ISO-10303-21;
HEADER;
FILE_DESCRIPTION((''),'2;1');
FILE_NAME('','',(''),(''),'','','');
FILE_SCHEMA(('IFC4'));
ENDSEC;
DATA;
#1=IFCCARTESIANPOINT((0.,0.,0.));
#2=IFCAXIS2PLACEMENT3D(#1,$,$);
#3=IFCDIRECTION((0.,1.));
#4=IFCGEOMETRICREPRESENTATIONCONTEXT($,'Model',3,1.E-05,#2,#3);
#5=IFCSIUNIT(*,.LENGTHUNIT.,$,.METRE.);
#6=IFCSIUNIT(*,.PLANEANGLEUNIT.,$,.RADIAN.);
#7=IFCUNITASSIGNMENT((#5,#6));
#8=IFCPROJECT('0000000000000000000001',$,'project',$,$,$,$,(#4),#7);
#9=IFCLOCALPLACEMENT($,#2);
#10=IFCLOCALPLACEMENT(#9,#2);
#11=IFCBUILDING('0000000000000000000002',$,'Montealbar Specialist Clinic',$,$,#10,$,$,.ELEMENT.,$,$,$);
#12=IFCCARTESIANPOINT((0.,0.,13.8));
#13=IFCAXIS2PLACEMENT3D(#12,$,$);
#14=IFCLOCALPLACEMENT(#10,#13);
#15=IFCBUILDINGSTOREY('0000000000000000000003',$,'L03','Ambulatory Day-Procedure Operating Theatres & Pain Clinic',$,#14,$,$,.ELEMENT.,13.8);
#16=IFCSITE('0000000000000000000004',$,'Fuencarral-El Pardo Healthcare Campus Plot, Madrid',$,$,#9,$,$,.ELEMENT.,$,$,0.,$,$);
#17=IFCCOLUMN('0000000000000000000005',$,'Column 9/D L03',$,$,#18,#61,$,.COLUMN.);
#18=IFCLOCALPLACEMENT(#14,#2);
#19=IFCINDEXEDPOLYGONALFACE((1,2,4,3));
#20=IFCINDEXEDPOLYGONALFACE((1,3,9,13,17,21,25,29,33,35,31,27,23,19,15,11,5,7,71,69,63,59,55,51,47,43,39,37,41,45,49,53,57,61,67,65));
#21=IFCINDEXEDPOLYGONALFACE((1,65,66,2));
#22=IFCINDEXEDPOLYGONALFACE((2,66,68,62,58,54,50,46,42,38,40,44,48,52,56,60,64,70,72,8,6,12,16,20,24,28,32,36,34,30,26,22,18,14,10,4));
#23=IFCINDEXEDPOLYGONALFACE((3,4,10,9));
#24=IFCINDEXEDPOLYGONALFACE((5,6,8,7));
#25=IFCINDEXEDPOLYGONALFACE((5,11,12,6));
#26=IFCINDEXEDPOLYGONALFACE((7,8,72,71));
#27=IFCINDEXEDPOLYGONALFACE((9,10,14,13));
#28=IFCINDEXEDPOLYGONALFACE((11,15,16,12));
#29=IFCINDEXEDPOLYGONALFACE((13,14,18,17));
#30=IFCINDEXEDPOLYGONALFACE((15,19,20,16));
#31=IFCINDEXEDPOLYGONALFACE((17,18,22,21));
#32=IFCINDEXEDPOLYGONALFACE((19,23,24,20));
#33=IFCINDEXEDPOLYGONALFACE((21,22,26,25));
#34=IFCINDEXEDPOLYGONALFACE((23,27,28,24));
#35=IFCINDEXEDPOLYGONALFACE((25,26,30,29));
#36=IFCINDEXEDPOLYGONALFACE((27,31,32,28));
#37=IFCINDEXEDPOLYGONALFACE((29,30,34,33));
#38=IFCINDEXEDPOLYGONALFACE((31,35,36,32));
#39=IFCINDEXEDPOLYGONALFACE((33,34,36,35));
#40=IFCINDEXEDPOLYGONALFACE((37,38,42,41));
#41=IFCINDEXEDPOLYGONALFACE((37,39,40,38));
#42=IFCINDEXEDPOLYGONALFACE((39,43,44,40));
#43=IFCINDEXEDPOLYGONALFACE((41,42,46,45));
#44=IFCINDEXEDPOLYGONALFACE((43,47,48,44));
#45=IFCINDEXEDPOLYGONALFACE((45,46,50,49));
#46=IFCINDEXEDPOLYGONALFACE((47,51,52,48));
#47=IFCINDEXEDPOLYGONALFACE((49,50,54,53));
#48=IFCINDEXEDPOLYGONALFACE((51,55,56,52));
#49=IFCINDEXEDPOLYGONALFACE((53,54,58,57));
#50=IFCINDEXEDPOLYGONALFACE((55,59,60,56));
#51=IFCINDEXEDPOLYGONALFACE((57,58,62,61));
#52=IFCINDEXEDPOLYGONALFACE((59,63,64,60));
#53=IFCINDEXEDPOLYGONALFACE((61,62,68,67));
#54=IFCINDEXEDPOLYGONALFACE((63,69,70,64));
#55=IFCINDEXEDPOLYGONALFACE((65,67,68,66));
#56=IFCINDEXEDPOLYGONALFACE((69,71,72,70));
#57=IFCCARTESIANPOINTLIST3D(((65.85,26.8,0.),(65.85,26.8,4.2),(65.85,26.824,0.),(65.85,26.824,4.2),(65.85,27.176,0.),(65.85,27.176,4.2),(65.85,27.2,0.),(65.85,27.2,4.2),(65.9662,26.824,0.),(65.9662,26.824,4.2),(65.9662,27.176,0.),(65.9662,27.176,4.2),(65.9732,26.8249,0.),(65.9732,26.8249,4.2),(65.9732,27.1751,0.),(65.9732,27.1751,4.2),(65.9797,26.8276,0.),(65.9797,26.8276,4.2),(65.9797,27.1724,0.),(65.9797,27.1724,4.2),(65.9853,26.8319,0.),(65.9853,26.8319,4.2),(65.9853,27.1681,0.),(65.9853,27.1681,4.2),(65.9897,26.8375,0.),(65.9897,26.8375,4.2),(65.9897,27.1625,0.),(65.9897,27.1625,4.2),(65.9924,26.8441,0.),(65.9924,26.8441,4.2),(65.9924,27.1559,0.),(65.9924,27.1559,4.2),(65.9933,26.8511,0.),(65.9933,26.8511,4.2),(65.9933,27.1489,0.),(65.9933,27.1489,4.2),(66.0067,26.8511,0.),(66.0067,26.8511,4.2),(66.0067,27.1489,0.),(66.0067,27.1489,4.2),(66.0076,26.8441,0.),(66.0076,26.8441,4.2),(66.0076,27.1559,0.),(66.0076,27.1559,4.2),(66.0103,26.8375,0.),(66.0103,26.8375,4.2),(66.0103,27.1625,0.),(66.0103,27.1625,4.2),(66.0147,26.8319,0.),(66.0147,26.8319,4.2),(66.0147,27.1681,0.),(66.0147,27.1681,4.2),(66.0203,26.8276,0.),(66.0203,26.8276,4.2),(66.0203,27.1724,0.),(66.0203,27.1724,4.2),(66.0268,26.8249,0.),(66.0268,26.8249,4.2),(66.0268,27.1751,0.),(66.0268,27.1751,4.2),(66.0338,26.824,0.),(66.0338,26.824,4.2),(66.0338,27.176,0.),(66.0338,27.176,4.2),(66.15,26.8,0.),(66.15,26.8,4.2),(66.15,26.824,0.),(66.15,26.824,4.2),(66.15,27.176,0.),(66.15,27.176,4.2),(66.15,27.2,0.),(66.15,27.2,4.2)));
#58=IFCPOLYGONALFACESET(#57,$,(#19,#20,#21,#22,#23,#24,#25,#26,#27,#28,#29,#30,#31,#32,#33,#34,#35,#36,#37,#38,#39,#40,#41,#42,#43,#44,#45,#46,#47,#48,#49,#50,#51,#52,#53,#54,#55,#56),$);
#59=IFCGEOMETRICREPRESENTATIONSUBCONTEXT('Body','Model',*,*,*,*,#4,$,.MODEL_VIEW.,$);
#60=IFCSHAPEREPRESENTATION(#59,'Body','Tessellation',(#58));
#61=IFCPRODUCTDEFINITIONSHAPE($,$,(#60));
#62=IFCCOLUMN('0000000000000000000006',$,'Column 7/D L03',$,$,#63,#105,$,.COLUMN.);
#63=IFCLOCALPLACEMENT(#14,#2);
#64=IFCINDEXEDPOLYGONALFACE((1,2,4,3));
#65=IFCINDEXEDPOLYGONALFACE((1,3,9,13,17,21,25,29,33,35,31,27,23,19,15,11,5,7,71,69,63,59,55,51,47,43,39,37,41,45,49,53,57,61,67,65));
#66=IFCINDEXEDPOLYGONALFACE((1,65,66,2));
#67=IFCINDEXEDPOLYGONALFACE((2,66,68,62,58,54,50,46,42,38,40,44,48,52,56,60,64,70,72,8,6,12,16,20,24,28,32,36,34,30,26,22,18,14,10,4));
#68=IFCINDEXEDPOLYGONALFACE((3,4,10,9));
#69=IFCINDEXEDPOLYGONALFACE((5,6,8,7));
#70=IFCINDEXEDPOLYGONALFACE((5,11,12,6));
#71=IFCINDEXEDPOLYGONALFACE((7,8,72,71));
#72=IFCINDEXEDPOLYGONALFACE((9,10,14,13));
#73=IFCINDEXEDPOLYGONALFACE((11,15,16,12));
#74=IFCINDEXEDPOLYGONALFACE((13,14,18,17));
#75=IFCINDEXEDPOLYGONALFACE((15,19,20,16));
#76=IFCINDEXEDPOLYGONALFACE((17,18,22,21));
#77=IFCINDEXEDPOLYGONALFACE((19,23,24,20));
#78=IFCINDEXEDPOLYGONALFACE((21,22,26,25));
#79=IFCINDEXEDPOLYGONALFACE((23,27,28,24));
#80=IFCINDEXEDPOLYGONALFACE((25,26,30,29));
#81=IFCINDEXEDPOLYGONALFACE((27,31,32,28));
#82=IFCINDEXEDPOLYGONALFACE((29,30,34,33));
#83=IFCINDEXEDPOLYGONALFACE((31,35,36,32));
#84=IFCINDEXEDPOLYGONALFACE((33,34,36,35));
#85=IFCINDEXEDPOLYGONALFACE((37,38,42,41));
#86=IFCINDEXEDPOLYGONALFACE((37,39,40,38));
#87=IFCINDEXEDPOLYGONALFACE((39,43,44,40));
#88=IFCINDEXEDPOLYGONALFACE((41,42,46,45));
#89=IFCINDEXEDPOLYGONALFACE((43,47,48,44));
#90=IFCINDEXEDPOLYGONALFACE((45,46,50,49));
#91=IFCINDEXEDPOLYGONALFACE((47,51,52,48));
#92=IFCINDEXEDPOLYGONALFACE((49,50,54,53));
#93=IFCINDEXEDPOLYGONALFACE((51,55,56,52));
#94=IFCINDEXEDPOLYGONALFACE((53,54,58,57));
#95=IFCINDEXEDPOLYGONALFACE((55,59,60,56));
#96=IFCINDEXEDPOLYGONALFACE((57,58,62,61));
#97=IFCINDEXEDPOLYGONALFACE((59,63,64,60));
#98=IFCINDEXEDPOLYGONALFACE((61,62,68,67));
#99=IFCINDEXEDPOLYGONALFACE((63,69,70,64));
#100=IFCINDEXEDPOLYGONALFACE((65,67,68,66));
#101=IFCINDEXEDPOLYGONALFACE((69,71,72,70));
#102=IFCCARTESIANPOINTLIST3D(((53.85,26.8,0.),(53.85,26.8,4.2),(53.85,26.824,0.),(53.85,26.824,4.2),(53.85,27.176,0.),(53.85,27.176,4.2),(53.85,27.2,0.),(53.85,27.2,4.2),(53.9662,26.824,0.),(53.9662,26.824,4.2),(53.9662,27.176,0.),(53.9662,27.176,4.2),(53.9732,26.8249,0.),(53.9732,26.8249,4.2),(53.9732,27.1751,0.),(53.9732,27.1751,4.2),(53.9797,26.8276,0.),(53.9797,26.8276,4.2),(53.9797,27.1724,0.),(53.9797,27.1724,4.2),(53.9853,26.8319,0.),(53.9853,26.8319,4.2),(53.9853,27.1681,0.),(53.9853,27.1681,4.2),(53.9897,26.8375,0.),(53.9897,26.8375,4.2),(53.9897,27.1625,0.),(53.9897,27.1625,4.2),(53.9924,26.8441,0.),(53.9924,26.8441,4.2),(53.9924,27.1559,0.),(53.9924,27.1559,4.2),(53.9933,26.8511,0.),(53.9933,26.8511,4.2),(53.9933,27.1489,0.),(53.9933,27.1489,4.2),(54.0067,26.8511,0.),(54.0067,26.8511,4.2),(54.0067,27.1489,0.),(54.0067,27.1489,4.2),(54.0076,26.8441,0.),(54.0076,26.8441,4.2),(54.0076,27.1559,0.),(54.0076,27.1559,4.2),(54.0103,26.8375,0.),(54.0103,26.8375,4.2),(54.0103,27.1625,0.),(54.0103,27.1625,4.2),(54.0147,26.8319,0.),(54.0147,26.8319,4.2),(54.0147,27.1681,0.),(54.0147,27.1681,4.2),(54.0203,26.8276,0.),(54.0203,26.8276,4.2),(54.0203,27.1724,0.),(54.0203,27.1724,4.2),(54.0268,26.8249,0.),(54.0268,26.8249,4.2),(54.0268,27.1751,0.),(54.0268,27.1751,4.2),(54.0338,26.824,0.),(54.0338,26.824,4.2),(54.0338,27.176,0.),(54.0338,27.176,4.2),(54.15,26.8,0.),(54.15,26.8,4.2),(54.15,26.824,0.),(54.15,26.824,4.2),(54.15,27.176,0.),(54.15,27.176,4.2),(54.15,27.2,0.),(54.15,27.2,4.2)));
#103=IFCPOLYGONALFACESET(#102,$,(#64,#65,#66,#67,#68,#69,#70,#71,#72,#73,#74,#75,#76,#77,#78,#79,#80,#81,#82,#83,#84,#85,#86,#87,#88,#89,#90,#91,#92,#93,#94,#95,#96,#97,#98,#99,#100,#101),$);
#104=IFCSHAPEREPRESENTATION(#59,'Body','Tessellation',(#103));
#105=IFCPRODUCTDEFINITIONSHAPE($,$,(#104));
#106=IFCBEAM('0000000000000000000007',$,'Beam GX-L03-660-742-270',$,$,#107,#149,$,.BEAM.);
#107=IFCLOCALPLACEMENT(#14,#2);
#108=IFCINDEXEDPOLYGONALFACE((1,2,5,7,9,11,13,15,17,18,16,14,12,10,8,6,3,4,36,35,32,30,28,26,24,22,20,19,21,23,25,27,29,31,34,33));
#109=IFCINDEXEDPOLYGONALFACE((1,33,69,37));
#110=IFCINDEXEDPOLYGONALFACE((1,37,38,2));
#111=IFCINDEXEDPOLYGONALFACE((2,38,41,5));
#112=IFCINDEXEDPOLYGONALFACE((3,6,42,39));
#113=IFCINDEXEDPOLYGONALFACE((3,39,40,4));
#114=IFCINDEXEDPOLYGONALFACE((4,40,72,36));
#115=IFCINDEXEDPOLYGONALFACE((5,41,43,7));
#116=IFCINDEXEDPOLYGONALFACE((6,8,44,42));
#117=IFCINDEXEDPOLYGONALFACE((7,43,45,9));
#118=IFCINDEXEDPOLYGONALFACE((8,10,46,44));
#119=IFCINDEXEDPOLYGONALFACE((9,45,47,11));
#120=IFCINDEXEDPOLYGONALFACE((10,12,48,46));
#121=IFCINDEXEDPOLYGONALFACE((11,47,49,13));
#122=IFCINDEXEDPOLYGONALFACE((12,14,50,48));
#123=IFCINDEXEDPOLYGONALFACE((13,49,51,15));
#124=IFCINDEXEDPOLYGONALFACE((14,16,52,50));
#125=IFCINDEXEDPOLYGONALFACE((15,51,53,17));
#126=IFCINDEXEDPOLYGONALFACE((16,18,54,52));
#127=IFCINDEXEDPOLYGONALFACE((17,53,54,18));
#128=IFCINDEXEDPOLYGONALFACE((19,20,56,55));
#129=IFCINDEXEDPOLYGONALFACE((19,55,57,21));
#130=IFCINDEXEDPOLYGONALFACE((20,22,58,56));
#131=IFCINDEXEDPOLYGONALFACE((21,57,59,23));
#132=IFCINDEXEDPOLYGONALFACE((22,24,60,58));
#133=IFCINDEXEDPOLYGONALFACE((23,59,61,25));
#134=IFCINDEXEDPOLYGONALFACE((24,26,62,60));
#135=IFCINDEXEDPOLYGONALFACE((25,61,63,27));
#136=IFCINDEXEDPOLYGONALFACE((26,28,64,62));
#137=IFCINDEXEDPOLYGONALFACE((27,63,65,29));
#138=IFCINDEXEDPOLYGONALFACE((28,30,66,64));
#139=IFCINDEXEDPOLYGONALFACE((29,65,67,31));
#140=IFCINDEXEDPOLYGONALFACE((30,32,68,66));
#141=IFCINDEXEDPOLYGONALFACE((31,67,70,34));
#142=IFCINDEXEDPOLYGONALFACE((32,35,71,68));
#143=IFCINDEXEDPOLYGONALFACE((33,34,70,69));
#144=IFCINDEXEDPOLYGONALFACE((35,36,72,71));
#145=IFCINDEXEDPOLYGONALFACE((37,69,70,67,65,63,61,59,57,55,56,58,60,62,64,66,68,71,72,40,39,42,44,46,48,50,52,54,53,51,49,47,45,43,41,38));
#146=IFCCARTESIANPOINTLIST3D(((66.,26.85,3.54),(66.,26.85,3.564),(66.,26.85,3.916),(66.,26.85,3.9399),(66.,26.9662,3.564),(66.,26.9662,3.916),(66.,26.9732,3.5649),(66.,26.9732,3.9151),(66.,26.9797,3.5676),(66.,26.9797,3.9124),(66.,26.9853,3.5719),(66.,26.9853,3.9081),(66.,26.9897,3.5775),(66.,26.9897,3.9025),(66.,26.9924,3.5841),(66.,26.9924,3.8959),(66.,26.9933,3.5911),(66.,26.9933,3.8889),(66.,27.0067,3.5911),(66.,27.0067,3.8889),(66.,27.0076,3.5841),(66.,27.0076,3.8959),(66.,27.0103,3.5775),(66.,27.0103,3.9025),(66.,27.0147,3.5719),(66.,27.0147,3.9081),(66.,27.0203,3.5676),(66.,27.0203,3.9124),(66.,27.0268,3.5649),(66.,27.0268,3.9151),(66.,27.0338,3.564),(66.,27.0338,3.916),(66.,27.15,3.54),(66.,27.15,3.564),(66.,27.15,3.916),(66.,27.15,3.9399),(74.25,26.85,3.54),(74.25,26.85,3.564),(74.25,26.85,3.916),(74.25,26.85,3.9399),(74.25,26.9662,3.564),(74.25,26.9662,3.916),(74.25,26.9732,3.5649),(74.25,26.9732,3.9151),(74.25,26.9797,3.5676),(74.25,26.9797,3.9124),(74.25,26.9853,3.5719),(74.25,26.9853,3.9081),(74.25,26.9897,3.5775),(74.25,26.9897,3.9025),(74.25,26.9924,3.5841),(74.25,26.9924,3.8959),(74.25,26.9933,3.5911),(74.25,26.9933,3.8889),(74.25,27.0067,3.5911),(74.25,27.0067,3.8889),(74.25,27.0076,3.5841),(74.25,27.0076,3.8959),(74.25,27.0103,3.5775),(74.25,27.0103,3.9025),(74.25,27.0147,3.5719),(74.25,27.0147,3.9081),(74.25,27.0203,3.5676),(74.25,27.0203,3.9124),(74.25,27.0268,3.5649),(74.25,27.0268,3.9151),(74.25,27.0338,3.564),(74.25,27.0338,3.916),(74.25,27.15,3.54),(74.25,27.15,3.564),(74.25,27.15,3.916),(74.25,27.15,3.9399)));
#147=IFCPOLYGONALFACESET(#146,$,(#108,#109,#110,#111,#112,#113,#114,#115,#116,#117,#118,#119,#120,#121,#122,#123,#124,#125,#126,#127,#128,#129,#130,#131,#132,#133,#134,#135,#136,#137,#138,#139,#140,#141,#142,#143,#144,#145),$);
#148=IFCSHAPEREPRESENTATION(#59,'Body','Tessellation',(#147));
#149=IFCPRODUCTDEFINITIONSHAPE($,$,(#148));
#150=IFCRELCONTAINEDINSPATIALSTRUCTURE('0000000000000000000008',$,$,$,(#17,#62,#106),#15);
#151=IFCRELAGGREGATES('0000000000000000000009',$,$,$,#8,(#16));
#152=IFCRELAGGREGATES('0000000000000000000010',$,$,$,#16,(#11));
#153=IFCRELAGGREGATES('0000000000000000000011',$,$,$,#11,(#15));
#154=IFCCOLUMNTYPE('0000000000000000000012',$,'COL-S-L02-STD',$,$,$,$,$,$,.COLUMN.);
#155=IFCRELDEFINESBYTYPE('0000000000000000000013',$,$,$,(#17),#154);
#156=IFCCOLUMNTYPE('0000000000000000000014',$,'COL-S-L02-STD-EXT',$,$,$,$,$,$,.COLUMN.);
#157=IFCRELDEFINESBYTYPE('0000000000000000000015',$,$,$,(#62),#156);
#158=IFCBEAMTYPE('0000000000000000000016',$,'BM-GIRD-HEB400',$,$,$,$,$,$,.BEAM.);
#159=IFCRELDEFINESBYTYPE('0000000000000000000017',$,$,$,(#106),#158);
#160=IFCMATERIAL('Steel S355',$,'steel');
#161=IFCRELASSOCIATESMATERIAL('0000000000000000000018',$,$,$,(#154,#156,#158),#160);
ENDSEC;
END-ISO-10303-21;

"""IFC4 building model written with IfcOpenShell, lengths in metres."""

from ifc_helpers import new_model, si_unit, direction, frame, origin, origin_2d, place, context, subcontext, project, spatial, i_section, extrude, material, material_profile, profile_set, type_object, element, save


model = new_model("IFC4")

# Units and contexts
model_context = context("Model", 3, precision=1e-05, world=origin(), true_north=direction((0.0, 1.0)))
body_context = subcontext(model_context, "Body", "Model", "MODEL_VIEW")
ifc_project = project(units=[si_unit("LENGTHUNIT", "METRE"), si_unit("PLANEANGLEUNIT", "RADIAN")], contexts=[model_context])

# Site, building, storey
site_placement = place(None, origin())
site = spatial("IfcSite", under=ifc_project, at=site_placement, Name="Fuencarral-El Pardo Healthcare Campus Plot, Madrid", CompositionType="ELEMENT", RefElevation=0.0)
building_placement = place(site_placement, origin())
building = spatial("IfcBuilding", under=site, at=building_placement, Name="Montealbar Specialist Clinic", CompositionType="ELEMENT")
storey_placement = place(building_placement, frame((0.0, 0.0, 13.8)))
storey = spatial("IfcBuildingStorey", under=building, at=storey_placement, Name="L03", Description="Ambulatory Day-Procedure Operating Theatres & Pain Clinic", CompositionType="ELEMENT", Elevation=13.8)

# Columns
ifc_material_1 = material(Name="Steel S355", Category="steel")
ifc_material_profile_1 = material_profile(ifc_material_1, i_section(OverallWidth=0.3, OverallDepth=0.3999, WebThickness=0.0134, FlangeThickness=0.0239, FilletRadius=0.0271, at=origin_2d()), Name="HEB 400", Category="steel")
ifc_profile_set_1 = profile_set([ifc_material_profile_1], Name="Steel S355")
column_type_1 = type_object("IfcColumnType", Name="COL-S-L02-STD", PredefinedType="COLUMN", material=ifc_profile_set_1)
column_1_placement = place(storey_placement, frame((66.0, 27.0, 0.0), z_axis=(0.0, 0.0, 1.0), x_axis=(1.0, 0.0, 0.0)))
element("IfcColumn", 1, at=column_1_placement, inside=storey, type_object=column_type_1, Name="Column 9/D L03", PredefinedType="COLUMN", context=body_context, shape_type="SweptSolid", body=[
    extrude(i_section(OverallWidth=0.3, OverallDepth=0.3999, WebThickness=0.0134, FlangeThickness=0.0239, FilletRadius=0.0271, at=origin_2d()), origin(), (0.0, 0.0, 1.0), 4.2),
])
ifc_material_profile_2 = material_profile(ifc_material_1, i_section(OverallWidth=0.3, OverallDepth=0.3999, WebThickness=0.0134, FlangeThickness=0.0239, FilletRadius=0.0271, at=origin_2d()), Name="HEB 400", Category="steel")
ifc_profile_set_2 = profile_set([ifc_material_profile_2], Name="Steel S355")
column_type_2 = type_object("IfcColumnType", Name="COL-S-L02-STD-EXT", PredefinedType="COLUMN", material=ifc_profile_set_2)
column_2_placement = place(storey_placement, frame((54.0, 27.0, 0.0), z_axis=(0.0, 0.0, 1.0), x_axis=(1.0, 0.0, 0.0)))
element("IfcColumn", 2, at=column_2_placement, inside=storey, type_object=column_type_2, Name="Column 7/D L03", PredefinedType="COLUMN", context=body_context, shape_type="SweptSolid", body=[
    extrude(i_section(OverallWidth=0.3, OverallDepth=0.3999, WebThickness=0.0134, FlangeThickness=0.0239, FilletRadius=0.0271, at=origin_2d()), origin(), (0.0, 0.0, 1.0), 4.2),
])

# Beam
ifc_material_profile_3 = material_profile(ifc_material_1, i_section(OverallWidth=0.3, OverallDepth=0.3999, WebThickness=0.0134, FlangeThickness=0.0239, FilletRadius=0.0271, at=origin_2d()), Name="HEB 400", Category="steel")
ifc_profile_set_3 = profile_set([ifc_material_profile_3], Name="Steel S355")
beam_type_1 = type_object("IfcBeamType", Name="BM-GIRD-HEB400", PredefinedType="BEAM", material=ifc_profile_set_3)
beam_1_placement = place(storey_placement, frame((66.0, 27.0, 3.74), z_axis=(1.0, 0.0, 0.0), x_axis=(0.0, 1.0, 0.0)))
element("IfcBeam", 3, at=beam_1_placement, inside=storey, type_object=beam_type_1, Name="Beam GX-L03-660-742-270", PredefinedType="BEAM", context=body_context, shape_type="SweptSolid", body=[
    extrude(i_section(OverallWidth=0.3, OverallDepth=0.3999, WebThickness=0.0134, FlangeThickness=0.0239, FilletRadius=0.0271, at=origin_2d()), origin(), (0.0, 0.0, 1.0), 8.25),
])

save(model, "model.ifc")
